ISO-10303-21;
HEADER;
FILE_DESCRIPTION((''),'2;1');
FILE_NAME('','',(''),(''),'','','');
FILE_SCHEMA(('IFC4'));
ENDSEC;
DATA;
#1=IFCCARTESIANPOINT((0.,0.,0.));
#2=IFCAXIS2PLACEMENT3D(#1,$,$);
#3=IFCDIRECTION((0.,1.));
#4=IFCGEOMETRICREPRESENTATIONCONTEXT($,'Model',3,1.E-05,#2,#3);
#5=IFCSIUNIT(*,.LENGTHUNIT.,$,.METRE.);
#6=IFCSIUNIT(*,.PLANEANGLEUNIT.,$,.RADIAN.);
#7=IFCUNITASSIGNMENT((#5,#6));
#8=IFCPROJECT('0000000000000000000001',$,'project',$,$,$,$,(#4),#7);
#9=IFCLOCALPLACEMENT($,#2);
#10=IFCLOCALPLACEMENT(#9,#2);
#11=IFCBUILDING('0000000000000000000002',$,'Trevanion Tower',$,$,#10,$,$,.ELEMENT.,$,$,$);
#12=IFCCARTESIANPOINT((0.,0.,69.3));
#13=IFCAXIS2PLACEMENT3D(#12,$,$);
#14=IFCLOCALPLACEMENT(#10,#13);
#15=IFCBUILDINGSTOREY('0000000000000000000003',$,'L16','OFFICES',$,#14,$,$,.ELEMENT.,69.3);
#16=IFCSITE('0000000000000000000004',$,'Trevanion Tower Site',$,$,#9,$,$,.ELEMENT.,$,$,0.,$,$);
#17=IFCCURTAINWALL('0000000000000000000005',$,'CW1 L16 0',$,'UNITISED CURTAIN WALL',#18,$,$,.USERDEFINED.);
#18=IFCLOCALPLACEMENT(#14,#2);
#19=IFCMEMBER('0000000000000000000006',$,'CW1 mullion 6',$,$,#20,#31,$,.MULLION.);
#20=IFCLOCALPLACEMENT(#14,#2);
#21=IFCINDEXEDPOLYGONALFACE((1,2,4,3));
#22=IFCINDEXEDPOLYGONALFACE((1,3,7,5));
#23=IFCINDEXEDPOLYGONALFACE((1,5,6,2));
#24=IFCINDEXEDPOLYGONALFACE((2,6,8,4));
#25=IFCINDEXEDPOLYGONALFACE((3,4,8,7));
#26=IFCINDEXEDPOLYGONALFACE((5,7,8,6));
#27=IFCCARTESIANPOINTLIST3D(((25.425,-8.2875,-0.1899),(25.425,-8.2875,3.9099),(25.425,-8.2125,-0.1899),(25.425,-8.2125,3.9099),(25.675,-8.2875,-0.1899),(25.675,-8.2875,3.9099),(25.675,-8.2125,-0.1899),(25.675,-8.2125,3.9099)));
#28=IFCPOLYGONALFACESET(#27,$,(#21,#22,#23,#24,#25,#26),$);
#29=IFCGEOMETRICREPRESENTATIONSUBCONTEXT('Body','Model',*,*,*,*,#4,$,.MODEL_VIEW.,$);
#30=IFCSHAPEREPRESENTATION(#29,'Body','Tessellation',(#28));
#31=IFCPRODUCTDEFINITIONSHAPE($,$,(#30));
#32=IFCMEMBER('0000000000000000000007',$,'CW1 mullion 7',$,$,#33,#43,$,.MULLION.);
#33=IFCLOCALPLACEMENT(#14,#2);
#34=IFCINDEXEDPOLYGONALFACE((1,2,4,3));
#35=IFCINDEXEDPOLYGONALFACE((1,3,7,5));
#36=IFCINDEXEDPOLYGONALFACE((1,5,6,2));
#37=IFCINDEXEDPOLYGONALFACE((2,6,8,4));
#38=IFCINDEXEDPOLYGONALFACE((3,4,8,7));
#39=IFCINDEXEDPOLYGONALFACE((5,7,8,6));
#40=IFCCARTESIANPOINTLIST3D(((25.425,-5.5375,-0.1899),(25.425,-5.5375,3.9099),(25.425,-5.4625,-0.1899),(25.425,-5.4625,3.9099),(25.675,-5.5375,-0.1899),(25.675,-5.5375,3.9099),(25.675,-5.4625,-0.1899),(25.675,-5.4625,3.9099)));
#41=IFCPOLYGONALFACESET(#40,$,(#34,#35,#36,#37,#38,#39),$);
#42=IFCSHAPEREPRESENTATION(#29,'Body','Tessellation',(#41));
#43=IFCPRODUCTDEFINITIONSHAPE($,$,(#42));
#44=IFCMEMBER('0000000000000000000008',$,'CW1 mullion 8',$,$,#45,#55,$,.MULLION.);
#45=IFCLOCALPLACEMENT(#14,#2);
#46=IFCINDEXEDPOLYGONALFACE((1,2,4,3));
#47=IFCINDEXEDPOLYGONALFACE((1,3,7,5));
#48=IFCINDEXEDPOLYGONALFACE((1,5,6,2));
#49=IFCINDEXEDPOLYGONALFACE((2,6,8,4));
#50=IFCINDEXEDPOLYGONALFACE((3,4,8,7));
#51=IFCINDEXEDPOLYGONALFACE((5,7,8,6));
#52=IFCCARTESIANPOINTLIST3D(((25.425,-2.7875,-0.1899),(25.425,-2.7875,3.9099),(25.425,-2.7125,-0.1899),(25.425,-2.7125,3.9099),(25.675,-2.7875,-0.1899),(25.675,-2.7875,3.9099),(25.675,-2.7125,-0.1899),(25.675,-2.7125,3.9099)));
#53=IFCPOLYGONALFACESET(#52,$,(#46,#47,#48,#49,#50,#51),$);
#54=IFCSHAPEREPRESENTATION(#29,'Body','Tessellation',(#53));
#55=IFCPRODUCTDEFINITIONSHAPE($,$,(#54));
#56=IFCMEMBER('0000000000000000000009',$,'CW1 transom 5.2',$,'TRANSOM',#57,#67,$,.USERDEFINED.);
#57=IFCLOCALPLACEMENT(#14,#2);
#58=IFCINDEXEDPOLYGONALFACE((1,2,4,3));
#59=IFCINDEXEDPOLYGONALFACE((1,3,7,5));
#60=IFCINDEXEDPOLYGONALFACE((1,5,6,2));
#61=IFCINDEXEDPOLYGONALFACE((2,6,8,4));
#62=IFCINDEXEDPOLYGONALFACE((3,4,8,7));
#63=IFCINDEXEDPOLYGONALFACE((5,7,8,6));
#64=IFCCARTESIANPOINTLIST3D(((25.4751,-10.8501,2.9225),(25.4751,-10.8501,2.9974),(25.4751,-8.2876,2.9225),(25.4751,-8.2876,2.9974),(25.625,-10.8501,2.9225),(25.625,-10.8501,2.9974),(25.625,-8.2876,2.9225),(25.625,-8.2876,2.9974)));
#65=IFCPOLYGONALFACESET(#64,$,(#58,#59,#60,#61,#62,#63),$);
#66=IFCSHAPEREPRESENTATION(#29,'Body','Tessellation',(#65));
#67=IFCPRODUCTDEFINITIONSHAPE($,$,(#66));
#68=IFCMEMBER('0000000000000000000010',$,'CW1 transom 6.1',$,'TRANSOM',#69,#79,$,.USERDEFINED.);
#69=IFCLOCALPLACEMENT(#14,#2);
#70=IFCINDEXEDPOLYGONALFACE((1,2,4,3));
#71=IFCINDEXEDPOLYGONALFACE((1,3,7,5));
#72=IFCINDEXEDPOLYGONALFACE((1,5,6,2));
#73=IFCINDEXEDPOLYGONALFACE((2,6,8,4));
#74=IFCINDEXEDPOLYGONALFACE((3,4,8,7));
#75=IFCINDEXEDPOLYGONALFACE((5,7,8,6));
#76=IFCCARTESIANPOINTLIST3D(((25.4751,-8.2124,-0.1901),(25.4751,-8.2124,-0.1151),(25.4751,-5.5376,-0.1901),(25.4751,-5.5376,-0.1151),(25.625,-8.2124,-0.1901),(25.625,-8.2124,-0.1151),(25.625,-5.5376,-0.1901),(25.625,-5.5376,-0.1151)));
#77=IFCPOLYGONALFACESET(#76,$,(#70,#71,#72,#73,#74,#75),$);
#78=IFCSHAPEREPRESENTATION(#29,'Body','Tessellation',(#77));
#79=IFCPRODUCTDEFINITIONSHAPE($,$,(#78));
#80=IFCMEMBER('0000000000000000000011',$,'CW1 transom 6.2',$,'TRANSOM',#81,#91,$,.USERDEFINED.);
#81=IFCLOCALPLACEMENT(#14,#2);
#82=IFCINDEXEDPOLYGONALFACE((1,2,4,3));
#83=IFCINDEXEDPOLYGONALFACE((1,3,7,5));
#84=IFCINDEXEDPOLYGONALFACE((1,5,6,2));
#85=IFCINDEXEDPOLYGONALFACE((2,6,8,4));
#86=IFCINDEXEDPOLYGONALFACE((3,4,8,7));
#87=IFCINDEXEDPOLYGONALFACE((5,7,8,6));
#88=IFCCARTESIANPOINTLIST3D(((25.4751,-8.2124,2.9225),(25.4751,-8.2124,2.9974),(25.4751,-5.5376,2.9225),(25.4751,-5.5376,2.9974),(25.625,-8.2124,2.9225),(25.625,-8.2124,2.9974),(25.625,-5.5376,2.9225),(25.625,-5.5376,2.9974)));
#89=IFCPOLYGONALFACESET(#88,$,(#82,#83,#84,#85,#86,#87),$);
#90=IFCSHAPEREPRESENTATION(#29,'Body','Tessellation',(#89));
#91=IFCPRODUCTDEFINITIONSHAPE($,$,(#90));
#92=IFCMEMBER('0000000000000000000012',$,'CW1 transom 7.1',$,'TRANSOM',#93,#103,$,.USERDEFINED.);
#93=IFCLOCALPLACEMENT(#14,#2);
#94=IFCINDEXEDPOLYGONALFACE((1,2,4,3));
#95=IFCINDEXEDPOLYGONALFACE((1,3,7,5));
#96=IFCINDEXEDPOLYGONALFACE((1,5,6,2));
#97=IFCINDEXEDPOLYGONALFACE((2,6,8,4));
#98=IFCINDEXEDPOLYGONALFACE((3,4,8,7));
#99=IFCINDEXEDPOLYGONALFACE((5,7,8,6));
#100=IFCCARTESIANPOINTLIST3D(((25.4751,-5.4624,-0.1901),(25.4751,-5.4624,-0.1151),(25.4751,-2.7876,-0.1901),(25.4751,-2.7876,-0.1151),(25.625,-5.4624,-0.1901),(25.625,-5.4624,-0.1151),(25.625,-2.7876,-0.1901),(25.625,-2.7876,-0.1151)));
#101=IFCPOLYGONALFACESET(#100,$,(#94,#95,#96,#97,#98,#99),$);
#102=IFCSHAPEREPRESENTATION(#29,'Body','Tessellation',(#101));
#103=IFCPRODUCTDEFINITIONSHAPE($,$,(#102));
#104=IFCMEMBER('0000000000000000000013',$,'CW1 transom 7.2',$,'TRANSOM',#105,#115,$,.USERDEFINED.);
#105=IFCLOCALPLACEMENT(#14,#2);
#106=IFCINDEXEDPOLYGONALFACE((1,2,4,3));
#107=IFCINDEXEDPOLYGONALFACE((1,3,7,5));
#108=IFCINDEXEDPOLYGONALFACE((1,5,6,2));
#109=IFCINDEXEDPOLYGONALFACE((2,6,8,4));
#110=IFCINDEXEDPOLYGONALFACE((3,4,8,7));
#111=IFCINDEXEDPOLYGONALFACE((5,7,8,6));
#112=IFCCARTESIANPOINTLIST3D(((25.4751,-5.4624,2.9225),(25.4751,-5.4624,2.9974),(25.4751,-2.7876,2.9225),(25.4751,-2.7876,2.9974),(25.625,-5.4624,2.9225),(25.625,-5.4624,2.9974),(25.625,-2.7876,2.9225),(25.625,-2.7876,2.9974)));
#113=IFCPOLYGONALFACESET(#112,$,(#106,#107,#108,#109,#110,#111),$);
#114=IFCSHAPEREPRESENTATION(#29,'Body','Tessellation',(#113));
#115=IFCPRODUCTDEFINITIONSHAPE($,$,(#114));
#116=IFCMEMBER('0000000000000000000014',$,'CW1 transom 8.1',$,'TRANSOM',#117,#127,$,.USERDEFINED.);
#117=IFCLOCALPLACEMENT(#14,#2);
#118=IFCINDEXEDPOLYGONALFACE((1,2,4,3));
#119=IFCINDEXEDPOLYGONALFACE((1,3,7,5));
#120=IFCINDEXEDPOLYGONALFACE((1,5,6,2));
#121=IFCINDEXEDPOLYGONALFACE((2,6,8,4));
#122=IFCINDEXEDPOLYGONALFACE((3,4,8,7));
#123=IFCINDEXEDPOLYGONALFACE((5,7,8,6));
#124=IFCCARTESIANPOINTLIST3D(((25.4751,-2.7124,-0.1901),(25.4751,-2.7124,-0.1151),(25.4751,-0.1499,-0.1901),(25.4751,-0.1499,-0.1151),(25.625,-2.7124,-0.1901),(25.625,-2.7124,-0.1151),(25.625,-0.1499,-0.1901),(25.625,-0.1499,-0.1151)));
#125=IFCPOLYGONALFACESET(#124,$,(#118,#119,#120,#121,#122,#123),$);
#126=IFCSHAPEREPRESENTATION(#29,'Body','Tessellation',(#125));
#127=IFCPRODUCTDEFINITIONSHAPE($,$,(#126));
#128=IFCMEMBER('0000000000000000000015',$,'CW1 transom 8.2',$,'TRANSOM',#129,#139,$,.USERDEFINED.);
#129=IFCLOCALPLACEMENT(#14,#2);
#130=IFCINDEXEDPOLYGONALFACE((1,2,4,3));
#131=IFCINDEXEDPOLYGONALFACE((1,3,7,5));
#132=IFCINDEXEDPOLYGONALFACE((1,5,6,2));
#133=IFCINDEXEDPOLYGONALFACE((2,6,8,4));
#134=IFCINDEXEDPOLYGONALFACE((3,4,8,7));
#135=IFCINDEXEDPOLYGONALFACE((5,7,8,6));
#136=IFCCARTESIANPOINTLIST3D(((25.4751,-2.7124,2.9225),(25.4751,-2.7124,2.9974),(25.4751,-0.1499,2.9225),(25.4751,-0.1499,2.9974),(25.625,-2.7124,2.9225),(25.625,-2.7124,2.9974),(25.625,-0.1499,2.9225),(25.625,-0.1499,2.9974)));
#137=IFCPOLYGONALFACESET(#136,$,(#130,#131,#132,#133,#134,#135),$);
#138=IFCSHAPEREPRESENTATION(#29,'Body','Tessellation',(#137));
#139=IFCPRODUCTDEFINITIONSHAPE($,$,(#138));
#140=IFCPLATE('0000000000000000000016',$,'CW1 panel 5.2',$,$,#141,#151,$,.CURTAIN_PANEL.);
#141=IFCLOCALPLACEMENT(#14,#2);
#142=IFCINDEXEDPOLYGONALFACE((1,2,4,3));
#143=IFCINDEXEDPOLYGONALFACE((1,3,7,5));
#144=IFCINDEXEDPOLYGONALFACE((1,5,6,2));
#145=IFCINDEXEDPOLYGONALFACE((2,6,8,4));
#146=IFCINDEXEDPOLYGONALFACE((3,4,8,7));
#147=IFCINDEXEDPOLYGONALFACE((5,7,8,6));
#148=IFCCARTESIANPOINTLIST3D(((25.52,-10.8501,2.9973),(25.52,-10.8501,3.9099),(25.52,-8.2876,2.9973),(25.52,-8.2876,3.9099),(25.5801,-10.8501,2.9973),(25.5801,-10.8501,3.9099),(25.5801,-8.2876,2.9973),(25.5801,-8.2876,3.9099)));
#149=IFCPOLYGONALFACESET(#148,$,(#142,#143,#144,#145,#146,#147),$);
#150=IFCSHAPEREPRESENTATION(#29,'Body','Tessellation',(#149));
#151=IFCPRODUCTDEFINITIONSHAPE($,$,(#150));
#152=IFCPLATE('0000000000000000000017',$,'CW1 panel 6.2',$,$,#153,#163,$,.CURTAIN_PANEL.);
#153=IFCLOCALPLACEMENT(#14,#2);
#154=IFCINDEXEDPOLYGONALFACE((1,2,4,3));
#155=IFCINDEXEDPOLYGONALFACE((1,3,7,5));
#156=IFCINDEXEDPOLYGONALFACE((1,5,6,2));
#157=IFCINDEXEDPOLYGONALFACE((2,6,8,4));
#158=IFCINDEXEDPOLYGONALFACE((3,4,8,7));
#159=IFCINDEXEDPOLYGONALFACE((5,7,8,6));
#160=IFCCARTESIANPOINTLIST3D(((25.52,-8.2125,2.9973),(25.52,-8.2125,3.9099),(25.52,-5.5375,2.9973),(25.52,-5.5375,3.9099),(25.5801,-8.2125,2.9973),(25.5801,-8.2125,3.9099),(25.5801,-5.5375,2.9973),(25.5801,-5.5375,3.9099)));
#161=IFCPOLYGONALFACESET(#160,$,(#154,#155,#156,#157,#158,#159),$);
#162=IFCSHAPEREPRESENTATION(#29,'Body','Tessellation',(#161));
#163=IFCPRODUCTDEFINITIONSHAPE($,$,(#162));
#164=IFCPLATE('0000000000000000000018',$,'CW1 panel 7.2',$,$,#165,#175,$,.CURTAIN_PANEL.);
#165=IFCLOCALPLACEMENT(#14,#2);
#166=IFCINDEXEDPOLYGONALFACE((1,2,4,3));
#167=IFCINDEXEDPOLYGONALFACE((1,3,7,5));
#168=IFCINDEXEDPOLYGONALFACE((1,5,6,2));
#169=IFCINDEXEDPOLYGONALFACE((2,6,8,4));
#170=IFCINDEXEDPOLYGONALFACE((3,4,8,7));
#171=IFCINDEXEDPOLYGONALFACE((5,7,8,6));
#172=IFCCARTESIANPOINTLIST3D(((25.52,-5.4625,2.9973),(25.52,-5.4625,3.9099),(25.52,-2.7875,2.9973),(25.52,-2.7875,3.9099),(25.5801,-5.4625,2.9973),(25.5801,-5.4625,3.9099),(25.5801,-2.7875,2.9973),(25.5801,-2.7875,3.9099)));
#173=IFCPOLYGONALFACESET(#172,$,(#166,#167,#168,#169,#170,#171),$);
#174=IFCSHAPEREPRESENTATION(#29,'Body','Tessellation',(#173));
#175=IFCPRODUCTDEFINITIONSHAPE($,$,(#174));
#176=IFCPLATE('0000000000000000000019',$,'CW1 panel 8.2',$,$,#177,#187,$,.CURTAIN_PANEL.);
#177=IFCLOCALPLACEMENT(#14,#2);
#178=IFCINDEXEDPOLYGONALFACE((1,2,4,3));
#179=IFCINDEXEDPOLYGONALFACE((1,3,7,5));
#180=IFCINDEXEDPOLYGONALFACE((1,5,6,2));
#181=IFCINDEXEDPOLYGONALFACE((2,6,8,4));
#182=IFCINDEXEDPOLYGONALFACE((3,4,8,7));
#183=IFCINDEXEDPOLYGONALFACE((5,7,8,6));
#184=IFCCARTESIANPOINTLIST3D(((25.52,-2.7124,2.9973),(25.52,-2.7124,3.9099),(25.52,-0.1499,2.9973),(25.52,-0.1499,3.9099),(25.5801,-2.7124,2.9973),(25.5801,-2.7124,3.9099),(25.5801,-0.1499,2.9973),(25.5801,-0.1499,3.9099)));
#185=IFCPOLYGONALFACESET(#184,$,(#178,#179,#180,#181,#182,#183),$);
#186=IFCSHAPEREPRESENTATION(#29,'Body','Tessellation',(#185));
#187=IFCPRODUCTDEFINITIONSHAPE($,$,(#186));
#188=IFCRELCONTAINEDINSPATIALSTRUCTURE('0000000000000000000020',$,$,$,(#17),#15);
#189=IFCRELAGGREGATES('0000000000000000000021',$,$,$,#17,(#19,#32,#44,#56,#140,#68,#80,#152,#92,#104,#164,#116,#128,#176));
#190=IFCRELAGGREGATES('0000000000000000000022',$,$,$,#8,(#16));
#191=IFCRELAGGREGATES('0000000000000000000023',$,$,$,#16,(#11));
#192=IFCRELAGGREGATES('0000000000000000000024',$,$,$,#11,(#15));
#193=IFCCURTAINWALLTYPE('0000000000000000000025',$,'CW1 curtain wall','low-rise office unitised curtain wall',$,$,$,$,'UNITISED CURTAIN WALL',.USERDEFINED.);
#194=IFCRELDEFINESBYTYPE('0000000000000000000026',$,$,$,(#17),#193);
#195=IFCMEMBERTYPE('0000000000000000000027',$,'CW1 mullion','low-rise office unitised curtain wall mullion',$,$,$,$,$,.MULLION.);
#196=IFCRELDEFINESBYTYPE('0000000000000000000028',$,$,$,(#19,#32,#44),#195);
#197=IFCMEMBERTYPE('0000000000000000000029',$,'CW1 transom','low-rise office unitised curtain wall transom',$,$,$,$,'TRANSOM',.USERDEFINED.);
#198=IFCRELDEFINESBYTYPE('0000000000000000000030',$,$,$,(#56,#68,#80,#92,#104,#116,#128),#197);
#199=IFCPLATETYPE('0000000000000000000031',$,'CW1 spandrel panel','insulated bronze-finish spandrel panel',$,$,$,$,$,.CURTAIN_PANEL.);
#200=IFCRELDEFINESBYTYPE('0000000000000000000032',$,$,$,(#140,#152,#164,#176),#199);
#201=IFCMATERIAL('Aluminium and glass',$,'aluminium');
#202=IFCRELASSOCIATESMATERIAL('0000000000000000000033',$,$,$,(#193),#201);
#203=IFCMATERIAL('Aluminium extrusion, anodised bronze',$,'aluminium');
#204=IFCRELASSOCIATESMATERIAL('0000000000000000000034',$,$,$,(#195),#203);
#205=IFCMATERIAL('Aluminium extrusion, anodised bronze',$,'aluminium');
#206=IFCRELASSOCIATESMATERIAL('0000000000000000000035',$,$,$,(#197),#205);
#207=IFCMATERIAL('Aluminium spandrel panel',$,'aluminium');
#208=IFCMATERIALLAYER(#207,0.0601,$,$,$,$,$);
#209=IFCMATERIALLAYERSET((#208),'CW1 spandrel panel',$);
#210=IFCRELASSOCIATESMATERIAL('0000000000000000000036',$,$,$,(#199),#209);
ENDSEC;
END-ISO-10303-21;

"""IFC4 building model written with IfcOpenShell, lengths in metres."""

from ifc_helpers import new_model, si_unit, direction, frame, origin, origin_2d, place, context, subcontext, project, spatial, rectangle, extrude, material, layer, layer_set, material_profile, profile_set, type_object, element, aggregate, save


model = new_model("IFC4")

# Units and contexts
model_context = context("Model", 3, precision=1e-05, world=origin(), true_north=direction((0.0, 1.0)))
body_context = subcontext(model_context, "Body", "Model", "MODEL_VIEW")
ifc_project = project(units=[si_unit("LENGTHUNIT", "METRE"), si_unit("PLANEANGLEUNIT", "RADIAN")], contexts=[model_context])

# Site, building, storey
site_placement = place(None, origin())
site = spatial("IfcSite", under=ifc_project, at=site_placement, Name="Trevanion Tower Site", CompositionType="ELEMENT", RefElevation=0.0)
building_placement = place(site_placement, origin())
building = spatial("IfcBuilding", under=site, at=building_placement, Name="Trevanion Tower", CompositionType="ELEMENT")
storey_placement = place(building_placement, frame((0.0, 0.0, 69.3)))
storey = spatial("IfcBuildingStorey", under=building, at=storey_placement, Name="L16", Description="OFFICES", CompositionType="ELEMENT", Elevation=69.3)

# Curtain wall, members, plates
ifc_material_1 = material(Name="Aluminium and glass", Category="aluminium")
curtain_wall_type = type_object("IfcCurtainWallType", Name="CW1 curtain wall", Description="low-rise office unitised curtain wall", ElementType="UNITISED CURTAIN WALL", PredefinedType="USERDEFINED", material=ifc_material_1)
curtain_wall_placement = place(storey_placement, origin())
curtain_wall = element("IfcCurtainWall", 1, at=curtain_wall_placement, inside=storey, type_object=curtain_wall_type, Name="CW1 L16 0", ObjectType="UNITISED CURTAIN WALL", PredefinedType="USERDEFINED")
ifc_material_2 = material(Name="Aluminium extrusion, anodised bronze", Category="aluminium")
ifc_material_profile_1 = material_profile(ifc_material_2, rectangle(XDim=0.075, YDim=0.25, at=origin_2d()), Name="CW1 mullion")
ifc_profile_set_1 = profile_set([ifc_material_profile_1], Name="Aluminium extrusion, anodised bronze")
member_type_1 = type_object("IfcMemberType", Name="CW1 mullion", Description="low-rise office unitised curtain wall mullion", PredefinedType="MULLION", material=ifc_profile_set_1)
member_1_placement = place(storey_placement, frame((25.55, -8.25, -0.1899), z_axis=(0.0, 0.0, 1.0), x_axis=(0.0, 1.0, 0.0)))
member_1 = element("IfcMember", 2, at=member_1_placement, type_object=member_type_1, Name="CW1 mullion 6", PredefinedType="MULLION", context=body_context, shape_type="SweptSolid", body=[
    extrude(rectangle(XDim=0.075, YDim=0.25, at=origin_2d()), origin(), (0.0, 0.0, 1.0), 4.0999),
])
member_2_placement = place(storey_placement, frame((25.55, -5.5, -0.1899), z_axis=(0.0, 0.0, 1.0), x_axis=(0.0, 1.0, 0.0)))
member_2 = element("IfcMember", 3, at=member_2_placement, type_object=member_type_1, Name="CW1 mullion 7", PredefinedType="MULLION", context=body_context, shape_type="SweptSolid", body=[
    extrude(rectangle(XDim=0.075, YDim=0.25, at=origin_2d()), origin(), (0.0, 0.0, 1.0), 4.0999),
])
member_3_placement = place(storey_placement, frame((25.55, -2.75, -0.1899), z_axis=(0.0, 0.0, 1.0), x_axis=(0.0, 1.0, 0.0)))
member_3 = element("IfcMember", 4, at=member_3_placement, type_object=member_type_1, Name="CW1 mullion 8", PredefinedType="MULLION", context=body_context, shape_type="SweptSolid", body=[
    extrude(rectangle(XDim=0.075, YDim=0.25, at=origin_2d()), origin(), (0.0, 0.0, 1.0), 4.0999),
])
ifc_material_3 = material(Name="Aluminium extrusion, anodised bronze", Category="aluminium")
ifc_material_profile_2 = material_profile(ifc_material_3, rectangle(XDim=0.1499, YDim=0.075, at=origin_2d()), Name="CW1 transom")
ifc_profile_set_2 = profile_set([ifc_material_profile_2], Name="Aluminium extrusion, anodised bronze")
member_type_2 = type_object("IfcMemberType", Name="CW1 transom", Description="low-rise office unitised curtain wall transom", ElementType="TRANSOM", PredefinedType="USERDEFINED", material=ifc_profile_set_2)
member_4_placement = place(storey_placement, frame((25.55, -10.8501, 2.96), z_axis=(0.0, 1.0, 0.0), x_axis=(-1.0, 0.0, 0.0)))
member_4 = element("IfcMember", 5, at=member_4_placement, type_object=member_type_2, Name="CW1 transom 5.2", ObjectType="TRANSOM", PredefinedType="USERDEFINED", context=body_context, shape_type="SweptSolid", body=[
    extrude(rectangle(XDim=0.1499, YDim=0.075, at=origin_2d()), origin(), (0.0, 0.0, 1.0), 2.5625),
])
member_5_placement = place(storey_placement, frame((25.55, -8.2124, -0.1526), z_axis=(0.0, 1.0, 0.0), x_axis=(-1.0, 0.0, 0.0)))
member_5 = element("IfcMember", 6, at=member_5_placement, type_object=member_type_2, Name="CW1 transom 6.1", ObjectType="TRANSOM", PredefinedType="USERDEFINED", context=body_context, shape_type="SweptSolid", body=[
    extrude(rectangle(XDim=0.1499, YDim=0.075, at=origin_2d()), origin(), (0.0, 0.0, 1.0), 2.6748),
])
member_6_placement = place(storey_placement, frame((25.55, -8.2124, 2.96), z_axis=(0.0, 1.0, 0.0), x_axis=(-1.0, 0.0, 0.0)))
member_6 = element("IfcMember", 7, at=member_6_placement, type_object=member_type_2, Name="CW1 transom 6.2", ObjectType="TRANSOM", PredefinedType="USERDEFINED", context=body_context, shape_type="SweptSolid", body=[
    extrude(rectangle(XDim=0.1499, YDim=0.075, at=origin_2d()), origin(), (0.0, 0.0, 1.0), 2.6748),
])
member_7_placement = place(storey_placement, frame((25.55, -5.4624, -0.1526), z_axis=(0.0, 1.0, 0.0), x_axis=(-1.0, 0.0, 0.0)))
member_7 = element("IfcMember", 8, at=member_7_placement, type_object=member_type_2, Name="CW1 transom 7.1", ObjectType="TRANSOM", PredefinedType="USERDEFINED", context=body_context, shape_type="SweptSolid", body=[
    extrude(rectangle(XDim=0.1499, YDim=0.075, at=origin_2d()), origin(), (0.0, 0.0, 1.0), 2.6748),
])
member_8_placement = place(storey_placement, frame((25.55, -5.4624, 2.96), z_axis=(0.0, 1.0, 0.0), x_axis=(-1.0, 0.0, 0.0)))
member_8 = element("IfcMember", 9, at=member_8_placement, type_object=member_type_2, Name="CW1 transom 7.2", ObjectType="TRANSOM", PredefinedType="USERDEFINED", context=body_context, shape_type="SweptSolid", body=[
    extrude(rectangle(XDim=0.1499, YDim=0.075, at=origin_2d()), origin(), (0.0, 0.0, 1.0), 2.6748),
])
member_9_placement = place(storey_placement, frame((25.55, -2.7124, -0.1526), z_axis=(0.0, 1.0, 0.0), x_axis=(-1.0, 0.0, 0.0)))
member_9 = element("IfcMember", 10, at=member_9_placement, type_object=member_type_2, Name="CW1 transom 8.1", ObjectType="TRANSOM", PredefinedType="USERDEFINED", context=body_context, shape_type="SweptSolid", body=[
    extrude(rectangle(XDim=0.1499, YDim=0.075, at=origin_2d()), origin(), (0.0, 0.0, 1.0), 2.5625),
])
member_10_placement = place(storey_placement, frame((25.55, -2.7124, 2.96), z_axis=(0.0, 1.0, 0.0), x_axis=(-1.0, 0.0, 0.0)))
member_10 = element("IfcMember", 11, at=member_10_placement, type_object=member_type_2, Name="CW1 transom 8.2", ObjectType="TRANSOM", PredefinedType="USERDEFINED", context=body_context, shape_type="SweptSolid", body=[
    extrude(rectangle(XDim=0.1499, YDim=0.075, at=origin_2d()), origin(), (0.0, 0.0, 1.0), 2.5625),
])
ifc_material_4 = material(Name="Aluminium spandrel panel", Category="aluminium")
ifc_layer_1 = layer(ifc_material_4, 0.0601)
ifc_layer_set_1 = layer_set([ifc_layer_1], Name="CW1 spandrel panel")
plate_type_1 = type_object("IfcPlateType", Name="CW1 spandrel panel", Description="insulated bronze-finish spandrel panel", PredefinedType="CURTAIN_PANEL", material=ifc_layer_set_1)
plate_1_placement = place(storey_placement, frame((25.55, -9.5688, 2.9973), z_axis=(0.0, 0.0, 1.0), x_axis=(0.0, 1.0, 0.0)))
plate_1 = element("IfcPlate", 12, at=plate_1_placement, type_object=plate_type_1, Name="CW1 panel 5.2", PredefinedType="CURTAIN_PANEL", context=body_context, shape_type="SweptSolid", body=[
    extrude(rectangle(XDim=2.5625, YDim=0.0601, at=origin_2d()), origin(), (0.0, 0.0, 1.0), 0.9126),
])
plate_2_placement = place(storey_placement, frame((25.55, -6.875, 2.9973), z_axis=(0.0, 0.0, 1.0), x_axis=(0.0, 1.0, 0.0)))
plate_2 = element("IfcPlate", 13, at=plate_2_placement, type_object=plate_type_1, Name="CW1 panel 6.2", PredefinedType="CURTAIN_PANEL", context=body_context, shape_type="SweptSolid", body=[
    extrude(rectangle(XDim=2.675, YDim=0.0601, at=origin_2d()), origin(), (0.0, 0.0, 1.0), 0.9126),
])
plate_3_placement = place(storey_placement, frame((25.55, -4.125, 2.9973), z_axis=(0.0, 0.0, 1.0), x_axis=(0.0, 1.0, 0.0)))
plate_3 = element("IfcPlate", 14, at=plate_3_placement, type_object=plate_type_1, Name="CW1 panel 7.2", PredefinedType="CURTAIN_PANEL", context=body_context, shape_type="SweptSolid", body=[
    extrude(rectangle(XDim=2.675, YDim=0.0601, at=origin_2d()), origin(), (0.0, 0.0, 1.0), 0.9126),
])
plate_4_placement = place(storey_placement, frame((25.55, -1.4312, 2.9973), z_axis=(0.0, 0.0, 1.0), x_axis=(0.0, 1.0, 0.0)))
plate_4 = element("IfcPlate", 15, at=plate_4_placement, type_object=plate_type_1, Name="CW1 panel 8.2", PredefinedType="CURTAIN_PANEL", context=body_context, shape_type="SweptSolid", body=[
    extrude(rectangle(XDim=2.5625, YDim=0.0601, at=origin_2d()), origin(), (0.0, 0.0, 1.0), 0.9126),
])
aggregate(curtain_wall, [member_1, member_2, member_3, member_4, plate_1, member_5, member_6, plate_2, member_7, member_8, plate_3, member_9, member_10, plate_4])

save(model, "model.ifc")
